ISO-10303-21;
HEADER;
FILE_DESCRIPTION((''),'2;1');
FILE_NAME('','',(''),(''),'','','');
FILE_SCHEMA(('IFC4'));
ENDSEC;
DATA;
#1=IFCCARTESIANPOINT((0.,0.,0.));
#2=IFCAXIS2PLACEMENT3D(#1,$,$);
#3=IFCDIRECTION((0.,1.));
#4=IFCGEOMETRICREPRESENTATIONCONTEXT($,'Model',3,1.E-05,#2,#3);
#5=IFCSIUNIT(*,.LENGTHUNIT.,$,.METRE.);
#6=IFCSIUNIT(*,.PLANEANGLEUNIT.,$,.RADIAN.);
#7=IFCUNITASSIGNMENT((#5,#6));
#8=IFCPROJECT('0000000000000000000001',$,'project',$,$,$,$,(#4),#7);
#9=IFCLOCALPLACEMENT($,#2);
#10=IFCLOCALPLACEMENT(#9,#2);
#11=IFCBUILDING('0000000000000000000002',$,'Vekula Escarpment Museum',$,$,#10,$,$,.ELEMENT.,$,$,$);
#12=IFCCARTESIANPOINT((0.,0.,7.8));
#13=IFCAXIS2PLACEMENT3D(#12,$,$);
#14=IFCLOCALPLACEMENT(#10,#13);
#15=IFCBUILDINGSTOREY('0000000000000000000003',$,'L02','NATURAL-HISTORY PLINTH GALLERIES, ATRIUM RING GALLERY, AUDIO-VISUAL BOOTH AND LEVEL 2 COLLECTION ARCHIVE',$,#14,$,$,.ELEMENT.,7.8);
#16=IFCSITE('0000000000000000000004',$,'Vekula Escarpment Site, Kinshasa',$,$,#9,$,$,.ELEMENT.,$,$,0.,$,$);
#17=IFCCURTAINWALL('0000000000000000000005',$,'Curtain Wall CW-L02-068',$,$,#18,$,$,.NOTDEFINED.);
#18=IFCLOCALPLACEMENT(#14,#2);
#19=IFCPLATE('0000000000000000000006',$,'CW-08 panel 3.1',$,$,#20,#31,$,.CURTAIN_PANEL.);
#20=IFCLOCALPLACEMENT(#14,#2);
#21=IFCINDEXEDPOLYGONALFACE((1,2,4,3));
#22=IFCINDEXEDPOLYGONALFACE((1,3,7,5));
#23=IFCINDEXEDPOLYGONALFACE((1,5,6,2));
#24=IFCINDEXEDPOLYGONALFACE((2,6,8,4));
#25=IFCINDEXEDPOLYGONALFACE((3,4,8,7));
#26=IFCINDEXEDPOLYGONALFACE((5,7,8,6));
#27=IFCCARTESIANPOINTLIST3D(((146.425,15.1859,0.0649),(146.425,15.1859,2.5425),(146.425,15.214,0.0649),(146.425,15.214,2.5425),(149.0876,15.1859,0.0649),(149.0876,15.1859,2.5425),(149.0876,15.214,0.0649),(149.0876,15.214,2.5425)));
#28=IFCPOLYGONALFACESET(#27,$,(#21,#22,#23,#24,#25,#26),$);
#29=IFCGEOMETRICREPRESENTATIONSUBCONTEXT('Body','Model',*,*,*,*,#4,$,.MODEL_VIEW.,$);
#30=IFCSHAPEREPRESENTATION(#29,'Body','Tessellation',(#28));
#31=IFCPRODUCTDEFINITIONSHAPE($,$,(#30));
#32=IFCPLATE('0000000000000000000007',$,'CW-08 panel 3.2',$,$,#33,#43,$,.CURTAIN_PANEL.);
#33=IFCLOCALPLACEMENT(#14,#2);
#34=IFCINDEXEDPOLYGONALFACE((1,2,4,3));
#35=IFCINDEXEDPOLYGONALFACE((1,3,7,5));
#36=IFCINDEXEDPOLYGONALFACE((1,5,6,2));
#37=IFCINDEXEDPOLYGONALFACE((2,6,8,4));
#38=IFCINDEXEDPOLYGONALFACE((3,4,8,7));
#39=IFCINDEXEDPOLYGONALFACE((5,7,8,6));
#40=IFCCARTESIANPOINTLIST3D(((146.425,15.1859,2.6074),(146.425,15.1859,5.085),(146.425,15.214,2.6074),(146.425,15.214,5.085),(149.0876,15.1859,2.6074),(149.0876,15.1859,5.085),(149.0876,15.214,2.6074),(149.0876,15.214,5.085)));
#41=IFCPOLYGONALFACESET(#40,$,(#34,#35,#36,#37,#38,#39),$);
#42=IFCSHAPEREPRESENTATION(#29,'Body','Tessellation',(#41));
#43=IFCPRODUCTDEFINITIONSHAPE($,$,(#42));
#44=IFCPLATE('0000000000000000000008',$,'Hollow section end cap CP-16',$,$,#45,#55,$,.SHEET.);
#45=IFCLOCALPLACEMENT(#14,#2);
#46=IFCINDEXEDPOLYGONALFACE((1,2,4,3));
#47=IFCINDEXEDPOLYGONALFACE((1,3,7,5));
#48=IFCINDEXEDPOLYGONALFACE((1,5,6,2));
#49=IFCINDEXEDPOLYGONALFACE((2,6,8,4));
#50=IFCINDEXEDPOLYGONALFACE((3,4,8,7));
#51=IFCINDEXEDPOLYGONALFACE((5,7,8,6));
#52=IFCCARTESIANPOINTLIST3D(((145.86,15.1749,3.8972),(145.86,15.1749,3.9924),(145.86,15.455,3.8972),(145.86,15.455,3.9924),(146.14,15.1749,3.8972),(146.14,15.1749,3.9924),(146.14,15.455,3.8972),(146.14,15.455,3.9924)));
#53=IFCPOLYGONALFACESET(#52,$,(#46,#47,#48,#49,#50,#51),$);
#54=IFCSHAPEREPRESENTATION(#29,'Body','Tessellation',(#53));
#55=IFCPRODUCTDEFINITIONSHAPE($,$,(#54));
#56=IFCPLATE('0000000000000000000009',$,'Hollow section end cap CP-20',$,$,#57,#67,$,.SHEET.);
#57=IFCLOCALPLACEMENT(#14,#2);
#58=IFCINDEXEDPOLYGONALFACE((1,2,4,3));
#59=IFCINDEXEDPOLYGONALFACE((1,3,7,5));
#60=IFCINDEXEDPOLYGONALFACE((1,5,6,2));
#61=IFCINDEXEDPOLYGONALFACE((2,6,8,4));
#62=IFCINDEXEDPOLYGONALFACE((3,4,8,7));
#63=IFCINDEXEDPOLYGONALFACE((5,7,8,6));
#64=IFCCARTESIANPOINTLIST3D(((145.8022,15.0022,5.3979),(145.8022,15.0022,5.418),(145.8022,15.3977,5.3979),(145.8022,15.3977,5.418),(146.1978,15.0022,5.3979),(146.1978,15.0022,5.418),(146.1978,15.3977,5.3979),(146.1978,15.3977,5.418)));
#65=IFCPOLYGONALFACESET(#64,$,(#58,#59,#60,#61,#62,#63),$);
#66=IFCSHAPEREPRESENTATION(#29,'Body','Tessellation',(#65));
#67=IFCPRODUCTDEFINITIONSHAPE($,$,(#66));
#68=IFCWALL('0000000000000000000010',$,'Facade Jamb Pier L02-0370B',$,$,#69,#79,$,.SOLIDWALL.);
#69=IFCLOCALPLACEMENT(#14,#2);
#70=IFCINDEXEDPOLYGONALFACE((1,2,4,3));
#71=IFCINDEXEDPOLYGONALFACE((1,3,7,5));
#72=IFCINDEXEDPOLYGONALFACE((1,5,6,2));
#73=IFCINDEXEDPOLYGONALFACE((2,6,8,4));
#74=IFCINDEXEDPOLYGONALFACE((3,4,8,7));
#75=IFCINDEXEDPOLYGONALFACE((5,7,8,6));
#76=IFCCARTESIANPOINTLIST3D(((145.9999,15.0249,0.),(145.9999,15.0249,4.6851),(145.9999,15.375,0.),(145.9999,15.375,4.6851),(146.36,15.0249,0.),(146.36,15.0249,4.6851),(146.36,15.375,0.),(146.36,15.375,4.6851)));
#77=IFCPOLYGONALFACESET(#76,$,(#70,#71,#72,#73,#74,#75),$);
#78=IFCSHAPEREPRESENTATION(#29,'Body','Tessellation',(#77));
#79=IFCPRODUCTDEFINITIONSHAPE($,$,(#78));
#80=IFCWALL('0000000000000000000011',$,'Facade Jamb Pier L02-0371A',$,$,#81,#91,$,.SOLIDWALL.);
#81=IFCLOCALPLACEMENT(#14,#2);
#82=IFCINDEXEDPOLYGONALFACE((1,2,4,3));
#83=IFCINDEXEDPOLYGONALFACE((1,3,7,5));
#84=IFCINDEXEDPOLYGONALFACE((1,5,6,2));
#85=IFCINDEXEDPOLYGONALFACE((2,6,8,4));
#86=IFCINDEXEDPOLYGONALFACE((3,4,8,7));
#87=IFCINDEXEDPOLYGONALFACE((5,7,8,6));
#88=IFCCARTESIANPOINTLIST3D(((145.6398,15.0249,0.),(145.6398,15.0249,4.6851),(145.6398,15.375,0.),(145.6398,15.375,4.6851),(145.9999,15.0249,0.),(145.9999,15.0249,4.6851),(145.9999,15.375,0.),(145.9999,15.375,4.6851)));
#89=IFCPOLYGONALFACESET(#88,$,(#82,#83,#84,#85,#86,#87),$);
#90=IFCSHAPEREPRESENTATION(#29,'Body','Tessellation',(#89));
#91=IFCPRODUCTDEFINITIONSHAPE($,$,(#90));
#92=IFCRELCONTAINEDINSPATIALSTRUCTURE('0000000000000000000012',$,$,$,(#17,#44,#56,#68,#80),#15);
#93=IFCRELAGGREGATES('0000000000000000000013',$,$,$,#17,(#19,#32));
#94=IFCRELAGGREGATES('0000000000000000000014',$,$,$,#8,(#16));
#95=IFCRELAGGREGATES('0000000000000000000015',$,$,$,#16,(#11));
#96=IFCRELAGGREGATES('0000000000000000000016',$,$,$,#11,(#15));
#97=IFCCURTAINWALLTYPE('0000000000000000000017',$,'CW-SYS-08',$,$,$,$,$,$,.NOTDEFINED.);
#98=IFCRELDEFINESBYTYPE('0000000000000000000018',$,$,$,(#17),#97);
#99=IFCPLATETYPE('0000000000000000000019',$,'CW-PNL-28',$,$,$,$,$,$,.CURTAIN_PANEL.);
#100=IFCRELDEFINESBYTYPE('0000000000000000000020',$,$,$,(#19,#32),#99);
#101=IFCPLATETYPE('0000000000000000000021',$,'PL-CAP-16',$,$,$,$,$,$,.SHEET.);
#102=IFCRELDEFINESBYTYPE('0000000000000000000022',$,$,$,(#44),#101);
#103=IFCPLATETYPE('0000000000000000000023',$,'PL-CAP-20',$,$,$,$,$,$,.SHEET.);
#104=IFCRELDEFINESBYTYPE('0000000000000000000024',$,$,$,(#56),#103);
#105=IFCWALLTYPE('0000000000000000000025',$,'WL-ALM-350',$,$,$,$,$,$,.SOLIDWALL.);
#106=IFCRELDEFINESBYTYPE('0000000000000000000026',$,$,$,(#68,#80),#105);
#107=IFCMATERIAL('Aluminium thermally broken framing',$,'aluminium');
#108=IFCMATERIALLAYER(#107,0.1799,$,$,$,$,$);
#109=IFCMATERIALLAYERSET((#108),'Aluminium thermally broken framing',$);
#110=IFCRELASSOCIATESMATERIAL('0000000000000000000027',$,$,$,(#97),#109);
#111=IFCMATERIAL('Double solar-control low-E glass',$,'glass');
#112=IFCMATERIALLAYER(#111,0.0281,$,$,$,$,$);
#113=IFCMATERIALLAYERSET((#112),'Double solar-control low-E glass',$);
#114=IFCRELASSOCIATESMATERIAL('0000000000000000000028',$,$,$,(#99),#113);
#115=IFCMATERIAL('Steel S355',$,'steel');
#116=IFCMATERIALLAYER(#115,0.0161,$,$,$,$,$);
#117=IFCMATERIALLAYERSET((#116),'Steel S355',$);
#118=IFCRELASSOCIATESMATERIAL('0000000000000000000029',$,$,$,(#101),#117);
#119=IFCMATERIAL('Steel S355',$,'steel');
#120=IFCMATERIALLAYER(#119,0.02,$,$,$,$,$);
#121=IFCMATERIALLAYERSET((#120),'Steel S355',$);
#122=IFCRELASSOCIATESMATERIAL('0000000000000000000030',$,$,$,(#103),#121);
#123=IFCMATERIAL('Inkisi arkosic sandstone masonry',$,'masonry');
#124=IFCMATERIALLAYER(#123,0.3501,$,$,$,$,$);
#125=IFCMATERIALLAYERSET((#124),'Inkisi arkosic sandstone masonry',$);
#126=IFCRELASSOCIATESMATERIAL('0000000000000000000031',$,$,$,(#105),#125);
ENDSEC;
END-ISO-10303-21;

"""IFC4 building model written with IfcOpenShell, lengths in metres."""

from ifc_helpers import new_model, si_unit, direction, frame, frame_2d, origin, origin_2d, place, context, subcontext, project, spatial, rectangle, extrude, material, layer, layer_set, type_object, element, aggregate, save


model = new_model("IFC4")

# Units and contexts
model_context = context("Model", 3, precision=1e-05, world=origin(), true_north=direction((0.0, 1.0)))
body_context = subcontext(model_context, "Body", "Model", "MODEL_VIEW")
ifc_project = project(units=[si_unit("LENGTHUNIT", "METRE"), si_unit("PLANEANGLEUNIT", "RADIAN")], contexts=[model_context])

# Site, building, storey
site_placement = place(None, origin())
site = spatial("IfcSite", under=ifc_project, at=site_placement, Name="Vekula Escarpment Site, Kinshasa", CompositionType="ELEMENT", RefElevation=0.0)
building_placement = place(site_placement, origin())
building = spatial("IfcBuilding", under=site, at=building_placement, Name="Vekula Escarpment Museum", CompositionType="ELEMENT")
storey_placement = place(building_placement, frame((0.0, 0.0, 7.8)))
storey = spatial("IfcBuildingStorey", under=building, at=storey_placement, Name="L02", Description="NATURAL-HISTORY PLINTH GALLERIES, ATRIUM RING GALLERY, AUDIO-VISUAL BOOTH AND LEVEL 2 COLLECTION ARCHIVE", CompositionType="ELEMENT", Elevation=7.8)

# Curtain wall, plates
ifc_material_1 = material(Name="Aluminium thermally broken framing", Category="aluminium")
ifc_layer_1 = layer(ifc_material_1, 0.1799)
ifc_layer_set_1 = layer_set([ifc_layer_1], Name="Aluminium thermally broken framing")
curtain_wall_type = type_object("IfcCurtainWallType", Name="CW-SYS-08", PredefinedType="NOTDEFINED", material=ifc_layer_set_1)
curtain_wall_placement = place(storey_placement, origin())
curtain_wall = element("IfcCurtainWall", 1, at=curtain_wall_placement, inside=storey, type_object=curtain_wall_type, Name="Curtain Wall CW-L02-068", PredefinedType="NOTDEFINED")
ifc_material_2 = material(Name="Double solar-control low-E glass", Category="glass")
ifc_layer_2 = layer(ifc_material_2, 0.0281)
ifc_layer_set_2 = layer_set([ifc_layer_2], Name="Double solar-control low-E glass")
plate_type_1 = type_object("IfcPlateType", Name="CW-PNL-28", PredefinedType="CURTAIN_PANEL", material=ifc_layer_set_2)
plate_1_placement = place(storey_placement, frame((147.7563, 15.2, 0.0649), z_axis=(0.0, 0.0, 1.0), x_axis=(-1.0, 0.0, 0.0)))
plate_1 = element("IfcPlate", 2, at=plate_1_placement, type_object=plate_type_1, Name="CW-08 panel 3.1", PredefinedType="CURTAIN_PANEL", context=body_context, shape_type="SweptSolid", body=[
    extrude(rectangle(XDim=2.6626, YDim=0.0281, at=origin_2d()), origin(), (0.0, 0.0, 1.0), 2.4775),
])
plate_2_placement = place(storey_placement, frame((147.7563, 15.2, 2.6074), z_axis=(0.0, 0.0, 1.0), x_axis=(-1.0, 0.0, 0.0)))
plate_2 = element("IfcPlate", 3, at=plate_2_placement, type_object=plate_type_1, Name="CW-08 panel 3.2", PredefinedType="CURTAIN_PANEL", context=body_context, shape_type="SweptSolid", body=[
    extrude(rectangle(XDim=2.6626, YDim=0.0281, at=origin_2d()), origin(), (0.0, 0.0, 1.0), 2.4775),
])
aggregate(curtain_wall, [plate_1, plate_2])

# Plates
ifc_material_3 = material(Name="Steel S355", Category="steel")
ifc_layer_3 = layer(ifc_material_3, 0.0161)
ifc_layer_set_3 = layer_set([ifc_layer_3], Name="Steel S355")
plate_type_2 = type_object("IfcPlateType", Name="PL-CAP-16", PredefinedType="SHEET", material=ifc_layer_set_3)
plate_3_placement = place(storey_placement, frame((146.0, 15.3149, 3.8972), z_axis=(0.0, 0.0, 1.0), x_axis=(1.0, 0.0, 0.0)))
element("IfcPlate", 4, at=plate_3_placement, inside=storey, type_object=plate_type_2, Name="Hollow section end cap CP-16", PredefinedType="SHEET", context=body_context, shape_type="SweptSolid", body=[
    extrude(rectangle(XDim=0.28, YDim=0.28, at=origin_2d()), origin(), (0.0, 0.0, 1.0), 0.0952),
])
ifc_material_4 = material(Name="Steel S355", Category="steel")
ifc_layer_4 = layer(ifc_material_4, 0.02)
ifc_layer_set_4 = layer_set([ifc_layer_4], Name="Steel S355")
plate_type_3 = type_object("IfcPlateType", Name="PL-CAP-20", PredefinedType="SHEET", material=ifc_layer_set_4)
plate_4_placement = place(storey_placement, frame((146.0, 15.2, 5.3979), z_axis=(0.0, 0.0, 1.0), x_axis=(1.0, 0.0, 0.0)))
element("IfcPlate", 5, at=plate_4_placement, inside=storey, type_object=plate_type_3, Name="Hollow section end cap CP-20", PredefinedType="SHEET", context=body_context, shape_type="SweptSolid", body=[
    extrude(rectangle(XDim=0.3955, YDim=0.3955, at=origin_2d()), origin(), (0.0, 0.0, 1.0), 0.02),
])

# Walls
ifc_material_5 = material(Name="Inkisi arkosic sandstone masonry", Category="masonry")
ifc_layer_5 = layer(ifc_material_5, 0.3501)
ifc_layer_set_5 = layer_set([ifc_layer_5], Name="Inkisi arkosic sandstone masonry")
wall_type = type_object("IfcWallType", Name="WL-ALM-350", PredefinedType="SOLIDWALL", material=ifc_layer_set_5)
for number, where, z_axis, x_axis, name in (
    (6, (146.3601, 15.2, 0.0), (0.0, 0.0, 1.0), (-1.0, 0.0, 0.0), "Facade Jamb Pier L02-0370B"),
    (7, (146.0, 15.2, 0.0), (0.0, 0.0, 1.0), (-1.0, 0.0, 0.0), "Facade Jamb Pier L02-0371A"),
):
    element("IfcWall", number, at=place(storey_placement, frame(where, z_axis=z_axis, x_axis=x_axis)), inside=storey, type_object=wall_type, Name=name, PredefinedType="SOLIDWALL", context=body_context, shape_type="SweptSolid", body=[
        extrude(rectangle(XDim=0.3601, YDim=0.3501, at=frame_2d((0.1802, 0.0))), origin(), (0.0, 0.0, 1.0), 4.6851),
    ])

save(model, "model.ifc")
